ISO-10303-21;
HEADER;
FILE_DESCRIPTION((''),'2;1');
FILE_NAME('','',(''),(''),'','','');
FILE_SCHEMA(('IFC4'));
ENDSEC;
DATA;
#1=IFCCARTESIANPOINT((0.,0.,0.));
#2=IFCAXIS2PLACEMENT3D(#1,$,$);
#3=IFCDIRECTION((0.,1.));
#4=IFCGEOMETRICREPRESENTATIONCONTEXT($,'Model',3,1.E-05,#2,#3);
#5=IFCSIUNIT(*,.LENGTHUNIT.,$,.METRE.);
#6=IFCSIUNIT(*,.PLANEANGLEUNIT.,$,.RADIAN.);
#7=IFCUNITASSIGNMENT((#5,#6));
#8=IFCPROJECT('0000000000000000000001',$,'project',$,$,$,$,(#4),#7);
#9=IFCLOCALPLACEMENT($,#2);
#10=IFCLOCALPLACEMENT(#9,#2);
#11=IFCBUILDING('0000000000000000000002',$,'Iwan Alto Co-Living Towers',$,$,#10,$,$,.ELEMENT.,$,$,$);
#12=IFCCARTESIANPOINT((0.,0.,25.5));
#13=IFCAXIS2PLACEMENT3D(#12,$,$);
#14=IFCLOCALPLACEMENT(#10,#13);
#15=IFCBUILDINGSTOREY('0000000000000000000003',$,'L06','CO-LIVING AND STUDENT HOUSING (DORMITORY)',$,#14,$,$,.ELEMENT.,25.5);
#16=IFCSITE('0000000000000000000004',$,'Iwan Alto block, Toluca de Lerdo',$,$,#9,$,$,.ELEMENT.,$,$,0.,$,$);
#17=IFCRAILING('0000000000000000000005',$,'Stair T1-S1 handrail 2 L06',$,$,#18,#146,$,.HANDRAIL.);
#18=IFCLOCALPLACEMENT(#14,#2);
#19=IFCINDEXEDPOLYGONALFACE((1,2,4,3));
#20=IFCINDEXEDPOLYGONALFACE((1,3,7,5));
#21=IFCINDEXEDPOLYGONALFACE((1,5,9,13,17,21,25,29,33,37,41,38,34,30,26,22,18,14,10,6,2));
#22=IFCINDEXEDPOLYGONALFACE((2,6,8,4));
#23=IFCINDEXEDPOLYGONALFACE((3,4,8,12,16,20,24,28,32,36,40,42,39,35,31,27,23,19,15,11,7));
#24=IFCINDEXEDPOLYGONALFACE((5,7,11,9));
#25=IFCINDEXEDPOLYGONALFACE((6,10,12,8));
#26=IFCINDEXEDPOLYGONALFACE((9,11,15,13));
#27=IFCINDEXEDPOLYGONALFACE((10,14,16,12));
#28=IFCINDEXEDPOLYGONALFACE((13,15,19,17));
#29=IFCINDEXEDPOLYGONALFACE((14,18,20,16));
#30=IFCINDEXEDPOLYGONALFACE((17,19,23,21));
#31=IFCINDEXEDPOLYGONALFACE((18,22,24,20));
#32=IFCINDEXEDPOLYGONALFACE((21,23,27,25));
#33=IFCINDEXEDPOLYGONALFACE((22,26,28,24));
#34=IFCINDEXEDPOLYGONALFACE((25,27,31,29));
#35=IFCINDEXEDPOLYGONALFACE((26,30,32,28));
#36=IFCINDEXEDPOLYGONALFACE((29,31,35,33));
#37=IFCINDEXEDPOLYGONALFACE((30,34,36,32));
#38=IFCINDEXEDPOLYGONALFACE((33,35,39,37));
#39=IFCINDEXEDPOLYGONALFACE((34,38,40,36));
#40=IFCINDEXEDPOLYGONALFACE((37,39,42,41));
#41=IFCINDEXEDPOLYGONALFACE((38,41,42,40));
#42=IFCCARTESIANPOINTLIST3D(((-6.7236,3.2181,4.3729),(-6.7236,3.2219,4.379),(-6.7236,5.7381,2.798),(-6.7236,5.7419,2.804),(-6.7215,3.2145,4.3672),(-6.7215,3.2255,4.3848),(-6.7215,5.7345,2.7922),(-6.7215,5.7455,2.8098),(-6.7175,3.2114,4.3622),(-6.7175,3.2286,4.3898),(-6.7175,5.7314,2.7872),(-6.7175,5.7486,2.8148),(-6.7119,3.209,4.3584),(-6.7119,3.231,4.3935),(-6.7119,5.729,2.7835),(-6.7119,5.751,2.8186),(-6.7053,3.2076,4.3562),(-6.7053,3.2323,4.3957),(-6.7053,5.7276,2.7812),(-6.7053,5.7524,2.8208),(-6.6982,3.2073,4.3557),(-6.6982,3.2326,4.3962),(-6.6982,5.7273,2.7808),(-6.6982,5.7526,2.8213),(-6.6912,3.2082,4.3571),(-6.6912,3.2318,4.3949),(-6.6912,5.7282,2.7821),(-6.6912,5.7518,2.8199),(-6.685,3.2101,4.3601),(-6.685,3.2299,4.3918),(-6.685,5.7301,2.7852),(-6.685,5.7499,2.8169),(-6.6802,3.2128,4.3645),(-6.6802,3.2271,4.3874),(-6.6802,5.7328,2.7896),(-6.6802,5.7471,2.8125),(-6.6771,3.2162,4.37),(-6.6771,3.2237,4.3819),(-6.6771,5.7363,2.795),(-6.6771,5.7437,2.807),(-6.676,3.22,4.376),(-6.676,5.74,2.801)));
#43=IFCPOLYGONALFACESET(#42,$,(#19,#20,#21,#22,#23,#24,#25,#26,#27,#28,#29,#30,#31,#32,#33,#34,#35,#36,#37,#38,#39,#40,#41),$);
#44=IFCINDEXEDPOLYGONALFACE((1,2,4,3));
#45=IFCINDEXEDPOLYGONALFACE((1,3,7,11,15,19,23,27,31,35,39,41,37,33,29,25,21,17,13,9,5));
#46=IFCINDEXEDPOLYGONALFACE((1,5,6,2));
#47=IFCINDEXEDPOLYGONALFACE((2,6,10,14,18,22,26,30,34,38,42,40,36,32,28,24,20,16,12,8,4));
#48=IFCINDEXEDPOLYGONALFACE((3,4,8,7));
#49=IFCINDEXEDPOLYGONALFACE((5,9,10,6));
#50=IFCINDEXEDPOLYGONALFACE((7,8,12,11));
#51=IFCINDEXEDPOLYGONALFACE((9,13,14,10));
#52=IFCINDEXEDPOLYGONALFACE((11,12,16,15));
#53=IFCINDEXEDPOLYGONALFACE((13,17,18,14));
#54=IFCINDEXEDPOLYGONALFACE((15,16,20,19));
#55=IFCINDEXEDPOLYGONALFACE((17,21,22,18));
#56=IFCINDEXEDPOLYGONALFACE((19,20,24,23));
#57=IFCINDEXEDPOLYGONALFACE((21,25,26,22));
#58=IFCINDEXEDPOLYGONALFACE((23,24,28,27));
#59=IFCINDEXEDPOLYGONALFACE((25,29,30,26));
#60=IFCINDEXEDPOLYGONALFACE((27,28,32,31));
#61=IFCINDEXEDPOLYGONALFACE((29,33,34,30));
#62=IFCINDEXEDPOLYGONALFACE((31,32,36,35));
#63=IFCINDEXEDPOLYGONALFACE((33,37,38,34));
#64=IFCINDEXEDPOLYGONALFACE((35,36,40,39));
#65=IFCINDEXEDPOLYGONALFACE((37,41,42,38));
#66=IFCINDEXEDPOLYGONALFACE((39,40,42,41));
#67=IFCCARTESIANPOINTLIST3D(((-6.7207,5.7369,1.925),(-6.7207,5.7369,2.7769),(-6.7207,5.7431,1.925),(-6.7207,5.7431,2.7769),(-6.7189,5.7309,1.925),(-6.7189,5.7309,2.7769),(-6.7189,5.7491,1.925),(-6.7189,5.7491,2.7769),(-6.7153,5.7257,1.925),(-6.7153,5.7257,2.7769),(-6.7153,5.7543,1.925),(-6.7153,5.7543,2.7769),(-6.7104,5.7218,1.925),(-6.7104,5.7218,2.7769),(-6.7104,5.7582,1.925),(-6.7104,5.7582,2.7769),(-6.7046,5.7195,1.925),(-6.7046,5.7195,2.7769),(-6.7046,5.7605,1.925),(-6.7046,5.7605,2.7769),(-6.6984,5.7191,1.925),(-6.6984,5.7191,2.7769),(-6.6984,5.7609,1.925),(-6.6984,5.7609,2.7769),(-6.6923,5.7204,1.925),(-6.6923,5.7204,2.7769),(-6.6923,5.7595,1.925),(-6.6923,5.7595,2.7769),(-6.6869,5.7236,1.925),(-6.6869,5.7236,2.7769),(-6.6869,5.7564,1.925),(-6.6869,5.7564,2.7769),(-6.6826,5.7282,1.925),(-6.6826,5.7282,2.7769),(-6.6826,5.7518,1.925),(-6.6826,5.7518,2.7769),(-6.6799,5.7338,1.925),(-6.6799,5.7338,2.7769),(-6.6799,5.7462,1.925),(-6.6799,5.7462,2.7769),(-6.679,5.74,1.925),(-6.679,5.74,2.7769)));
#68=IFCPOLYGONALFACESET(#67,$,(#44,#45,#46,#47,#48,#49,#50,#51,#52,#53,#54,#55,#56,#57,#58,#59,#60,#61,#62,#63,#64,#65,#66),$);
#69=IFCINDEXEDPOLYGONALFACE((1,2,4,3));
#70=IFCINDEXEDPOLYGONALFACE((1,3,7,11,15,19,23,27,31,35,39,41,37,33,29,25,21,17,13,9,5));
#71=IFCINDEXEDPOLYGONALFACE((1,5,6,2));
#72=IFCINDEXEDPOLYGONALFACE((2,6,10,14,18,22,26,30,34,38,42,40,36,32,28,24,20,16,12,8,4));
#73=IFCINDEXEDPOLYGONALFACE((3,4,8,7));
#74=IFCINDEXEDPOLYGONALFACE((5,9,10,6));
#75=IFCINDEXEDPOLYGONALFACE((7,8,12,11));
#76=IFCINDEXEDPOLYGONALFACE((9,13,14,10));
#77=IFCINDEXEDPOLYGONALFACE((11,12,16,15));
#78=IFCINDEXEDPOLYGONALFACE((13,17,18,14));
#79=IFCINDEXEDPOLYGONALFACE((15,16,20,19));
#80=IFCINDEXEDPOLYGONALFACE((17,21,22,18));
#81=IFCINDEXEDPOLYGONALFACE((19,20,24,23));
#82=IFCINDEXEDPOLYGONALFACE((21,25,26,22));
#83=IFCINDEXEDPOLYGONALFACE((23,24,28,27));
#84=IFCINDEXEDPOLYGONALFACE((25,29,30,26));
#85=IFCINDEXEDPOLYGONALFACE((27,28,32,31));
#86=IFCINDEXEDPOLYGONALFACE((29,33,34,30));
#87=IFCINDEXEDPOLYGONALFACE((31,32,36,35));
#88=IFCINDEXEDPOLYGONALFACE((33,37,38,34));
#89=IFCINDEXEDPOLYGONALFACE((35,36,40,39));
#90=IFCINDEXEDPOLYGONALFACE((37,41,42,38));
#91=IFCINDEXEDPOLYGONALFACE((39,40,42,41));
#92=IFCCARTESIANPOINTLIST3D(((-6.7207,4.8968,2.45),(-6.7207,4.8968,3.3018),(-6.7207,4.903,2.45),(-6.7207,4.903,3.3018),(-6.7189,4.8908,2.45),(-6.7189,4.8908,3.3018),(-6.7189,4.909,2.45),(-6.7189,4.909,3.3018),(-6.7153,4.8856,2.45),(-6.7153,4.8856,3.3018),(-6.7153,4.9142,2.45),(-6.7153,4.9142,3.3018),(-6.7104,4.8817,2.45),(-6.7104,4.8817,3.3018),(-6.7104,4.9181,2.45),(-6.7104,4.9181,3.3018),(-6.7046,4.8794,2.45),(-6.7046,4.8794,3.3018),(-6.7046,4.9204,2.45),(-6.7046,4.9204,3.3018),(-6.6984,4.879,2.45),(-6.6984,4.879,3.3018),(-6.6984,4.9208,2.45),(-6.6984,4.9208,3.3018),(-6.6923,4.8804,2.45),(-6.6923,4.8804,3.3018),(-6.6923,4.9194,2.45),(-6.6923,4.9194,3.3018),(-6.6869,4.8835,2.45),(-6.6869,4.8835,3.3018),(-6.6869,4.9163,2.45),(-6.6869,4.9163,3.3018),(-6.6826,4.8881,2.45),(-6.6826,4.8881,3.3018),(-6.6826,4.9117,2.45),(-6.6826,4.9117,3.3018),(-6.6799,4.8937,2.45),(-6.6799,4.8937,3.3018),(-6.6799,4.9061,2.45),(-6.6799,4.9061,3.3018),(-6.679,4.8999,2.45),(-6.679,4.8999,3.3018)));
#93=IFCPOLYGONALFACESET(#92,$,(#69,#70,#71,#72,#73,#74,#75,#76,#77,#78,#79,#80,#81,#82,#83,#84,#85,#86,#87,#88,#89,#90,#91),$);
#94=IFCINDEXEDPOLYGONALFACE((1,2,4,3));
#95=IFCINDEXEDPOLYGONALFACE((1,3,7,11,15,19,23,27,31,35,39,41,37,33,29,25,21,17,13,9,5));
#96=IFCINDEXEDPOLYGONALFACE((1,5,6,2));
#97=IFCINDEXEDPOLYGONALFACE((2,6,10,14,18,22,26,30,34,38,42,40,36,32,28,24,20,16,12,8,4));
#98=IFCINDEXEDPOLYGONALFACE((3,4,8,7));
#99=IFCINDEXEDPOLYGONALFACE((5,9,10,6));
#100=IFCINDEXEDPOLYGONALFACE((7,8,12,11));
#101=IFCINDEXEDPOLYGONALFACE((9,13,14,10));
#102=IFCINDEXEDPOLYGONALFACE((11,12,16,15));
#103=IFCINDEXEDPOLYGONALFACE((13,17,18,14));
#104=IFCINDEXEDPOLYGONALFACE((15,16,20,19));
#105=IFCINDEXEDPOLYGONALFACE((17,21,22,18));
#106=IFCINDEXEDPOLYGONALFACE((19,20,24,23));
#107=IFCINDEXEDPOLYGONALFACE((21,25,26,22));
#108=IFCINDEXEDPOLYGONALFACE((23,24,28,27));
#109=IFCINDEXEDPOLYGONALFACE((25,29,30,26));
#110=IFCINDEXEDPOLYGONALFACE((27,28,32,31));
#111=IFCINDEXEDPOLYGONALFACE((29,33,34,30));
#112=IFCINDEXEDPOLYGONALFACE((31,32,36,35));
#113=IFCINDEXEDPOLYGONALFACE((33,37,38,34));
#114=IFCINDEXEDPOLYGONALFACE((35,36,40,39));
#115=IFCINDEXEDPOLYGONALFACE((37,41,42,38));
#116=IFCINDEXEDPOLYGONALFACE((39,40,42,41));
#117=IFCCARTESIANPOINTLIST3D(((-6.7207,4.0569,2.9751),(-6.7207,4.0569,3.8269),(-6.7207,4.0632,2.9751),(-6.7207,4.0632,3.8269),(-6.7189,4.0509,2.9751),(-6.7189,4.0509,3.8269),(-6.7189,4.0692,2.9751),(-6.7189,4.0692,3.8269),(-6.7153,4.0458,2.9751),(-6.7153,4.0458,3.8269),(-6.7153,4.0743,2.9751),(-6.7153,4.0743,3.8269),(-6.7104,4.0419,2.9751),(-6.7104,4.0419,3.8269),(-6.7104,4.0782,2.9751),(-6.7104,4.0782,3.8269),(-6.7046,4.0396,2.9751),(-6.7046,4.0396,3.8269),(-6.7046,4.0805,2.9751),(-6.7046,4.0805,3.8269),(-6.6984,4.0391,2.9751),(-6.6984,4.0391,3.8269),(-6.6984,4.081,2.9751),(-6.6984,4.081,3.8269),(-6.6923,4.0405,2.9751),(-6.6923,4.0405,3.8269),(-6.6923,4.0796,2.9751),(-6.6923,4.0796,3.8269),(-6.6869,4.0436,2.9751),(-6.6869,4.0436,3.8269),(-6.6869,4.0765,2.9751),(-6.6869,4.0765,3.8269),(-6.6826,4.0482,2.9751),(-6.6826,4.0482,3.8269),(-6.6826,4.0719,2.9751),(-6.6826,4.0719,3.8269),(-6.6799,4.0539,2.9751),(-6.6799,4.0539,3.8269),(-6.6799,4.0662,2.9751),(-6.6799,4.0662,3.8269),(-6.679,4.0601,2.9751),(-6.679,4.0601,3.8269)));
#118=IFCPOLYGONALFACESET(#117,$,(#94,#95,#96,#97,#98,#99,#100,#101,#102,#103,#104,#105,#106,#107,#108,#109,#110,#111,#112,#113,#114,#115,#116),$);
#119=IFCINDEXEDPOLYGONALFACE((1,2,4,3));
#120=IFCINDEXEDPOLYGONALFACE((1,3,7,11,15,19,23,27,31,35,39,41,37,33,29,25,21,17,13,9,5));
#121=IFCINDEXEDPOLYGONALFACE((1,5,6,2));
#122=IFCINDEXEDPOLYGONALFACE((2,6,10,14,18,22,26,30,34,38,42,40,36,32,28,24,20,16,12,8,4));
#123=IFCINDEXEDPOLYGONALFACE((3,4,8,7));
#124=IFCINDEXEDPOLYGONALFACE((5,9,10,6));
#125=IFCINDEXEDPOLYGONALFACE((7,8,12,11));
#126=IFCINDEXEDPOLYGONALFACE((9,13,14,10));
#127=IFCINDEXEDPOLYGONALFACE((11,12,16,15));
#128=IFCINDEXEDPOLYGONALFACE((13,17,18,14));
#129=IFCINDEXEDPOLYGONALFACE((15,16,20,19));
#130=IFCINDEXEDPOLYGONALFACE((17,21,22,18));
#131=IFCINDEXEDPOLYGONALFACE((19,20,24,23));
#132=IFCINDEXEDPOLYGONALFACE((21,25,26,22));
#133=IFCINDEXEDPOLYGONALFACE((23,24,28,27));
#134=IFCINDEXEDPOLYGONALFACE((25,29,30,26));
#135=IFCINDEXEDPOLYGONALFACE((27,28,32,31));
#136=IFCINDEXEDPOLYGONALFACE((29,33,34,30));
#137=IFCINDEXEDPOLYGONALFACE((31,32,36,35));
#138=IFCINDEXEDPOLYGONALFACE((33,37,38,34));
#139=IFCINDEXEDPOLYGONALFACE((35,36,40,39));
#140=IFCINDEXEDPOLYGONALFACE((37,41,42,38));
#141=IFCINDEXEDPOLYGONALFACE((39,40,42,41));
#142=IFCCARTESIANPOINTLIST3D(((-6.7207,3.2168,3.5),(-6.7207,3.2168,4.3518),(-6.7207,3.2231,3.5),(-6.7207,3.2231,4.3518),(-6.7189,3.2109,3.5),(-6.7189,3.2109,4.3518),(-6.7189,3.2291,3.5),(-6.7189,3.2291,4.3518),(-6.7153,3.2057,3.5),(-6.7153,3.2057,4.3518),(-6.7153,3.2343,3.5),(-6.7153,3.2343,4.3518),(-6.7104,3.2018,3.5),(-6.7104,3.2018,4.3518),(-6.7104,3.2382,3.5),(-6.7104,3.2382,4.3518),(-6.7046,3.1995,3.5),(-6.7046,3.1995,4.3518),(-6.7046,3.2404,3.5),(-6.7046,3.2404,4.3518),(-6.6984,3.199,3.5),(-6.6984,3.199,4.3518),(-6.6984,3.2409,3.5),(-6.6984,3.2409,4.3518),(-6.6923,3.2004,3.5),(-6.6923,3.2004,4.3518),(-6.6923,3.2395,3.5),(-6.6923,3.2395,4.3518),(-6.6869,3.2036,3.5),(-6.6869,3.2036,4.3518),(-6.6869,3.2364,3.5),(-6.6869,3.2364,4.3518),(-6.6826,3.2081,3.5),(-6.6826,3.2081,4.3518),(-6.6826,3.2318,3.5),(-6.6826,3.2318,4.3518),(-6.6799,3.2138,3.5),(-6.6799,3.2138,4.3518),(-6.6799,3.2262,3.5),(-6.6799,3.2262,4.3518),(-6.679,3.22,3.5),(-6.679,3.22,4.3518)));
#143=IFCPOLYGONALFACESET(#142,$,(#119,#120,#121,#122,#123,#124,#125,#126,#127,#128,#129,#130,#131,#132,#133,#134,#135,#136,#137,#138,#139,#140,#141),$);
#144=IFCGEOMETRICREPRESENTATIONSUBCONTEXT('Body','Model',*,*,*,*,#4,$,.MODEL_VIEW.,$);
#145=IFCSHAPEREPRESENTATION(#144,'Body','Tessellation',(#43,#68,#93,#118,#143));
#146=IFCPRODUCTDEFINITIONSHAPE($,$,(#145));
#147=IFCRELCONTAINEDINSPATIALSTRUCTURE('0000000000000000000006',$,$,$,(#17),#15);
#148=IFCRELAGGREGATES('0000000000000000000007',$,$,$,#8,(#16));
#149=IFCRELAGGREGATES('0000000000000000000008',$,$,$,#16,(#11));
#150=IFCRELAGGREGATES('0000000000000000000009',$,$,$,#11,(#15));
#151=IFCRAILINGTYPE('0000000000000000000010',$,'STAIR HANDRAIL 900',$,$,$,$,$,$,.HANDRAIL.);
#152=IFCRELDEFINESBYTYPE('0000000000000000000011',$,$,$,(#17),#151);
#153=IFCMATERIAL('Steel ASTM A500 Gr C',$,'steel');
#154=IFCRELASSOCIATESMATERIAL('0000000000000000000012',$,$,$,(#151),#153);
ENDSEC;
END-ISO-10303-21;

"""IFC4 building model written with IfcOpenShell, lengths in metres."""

from ifc_helpers import new_model, si_unit, direction, frame, origin, origin_2d, place, context, subcontext, project, spatial, circle, extrude, material, type_object, element, save


model = new_model("IFC4")

# Units and contexts
model_context = context("Model", 3, precision=1e-05, world=origin(), true_north=direction((0.0, 1.0)))
body_context = subcontext(model_context, "Body", "Model", "MODEL_VIEW")
ifc_project = project(units=[si_unit("LENGTHUNIT", "METRE"), si_unit("PLANEANGLEUNIT", "RADIAN")], contexts=[model_context])

# Site, building, storey
site_placement = place(None, origin())
site = spatial("IfcSite", under=ifc_project, at=site_placement, Name="Iwan Alto block, Toluca de Lerdo", CompositionType="ELEMENT", RefElevation=0.0)
building_placement = place(site_placement, origin())
building = spatial("IfcBuilding", under=site, at=building_placement, Name="Iwan Alto Co-Living Towers", CompositionType="ELEMENT")
storey_placement = place(building_placement, frame((0.0, 0.0, 25.5)))
storey = spatial("IfcBuildingStorey", under=building, at=storey_placement, Name="L06", Description="CO-LIVING AND STUDENT HOUSING (DORMITORY)", CompositionType="ELEMENT", Elevation=25.5)

# Railing
ifc_material_1 = material(Name="Steel ASTM A500 Gr C", Category="steel")
railing_type_1 = type_object("IfcRailingType", Name="STAIR HANDRAIL 900", PredefinedType="HANDRAIL", material=ifc_material_1)
railing_1_placement = place(storey_placement, frame((-6.7, 5.74, 1.925)))
element("IfcRailing", 1, at=railing_1_placement, inside=storey, type_object=railing_type_1, Name="Stair T1-S1 handrail 2 L06", PredefinedType="HANDRAIL", context=body_context, shape_type="SweptSolid", body=[
    extrude(circle(Radius=0.0239, at=origin_2d()), frame((0.0, 0.0, 0.876), z_axis=(0.0, -0.848008, 0.529984), x_axis=(1.0, 0.0, 0.0)), (0.0, 0.0, 1.0), 2.9717),
    extrude(circle(Radius=0.021, at=origin_2d()), origin(), (0.0, 0.0, 1.0), 0.8518),
    extrude(circle(Radius=0.021, at=origin_2d()), frame((0.0, -0.8401, 0.5249)), (0.0, 0.0, 1.0), 0.8518),
    extrude(circle(Radius=0.021, at=origin_2d()), frame((0.0, -1.6799, 1.05)), (0.0, 0.0, 1.0), 0.8518),
    extrude(circle(Radius=0.021, at=origin_2d()), frame((0.0, -2.52, 1.575)), (0.0, 0.0, 1.0), 0.8518),
])

save(model, "model.ifc")
